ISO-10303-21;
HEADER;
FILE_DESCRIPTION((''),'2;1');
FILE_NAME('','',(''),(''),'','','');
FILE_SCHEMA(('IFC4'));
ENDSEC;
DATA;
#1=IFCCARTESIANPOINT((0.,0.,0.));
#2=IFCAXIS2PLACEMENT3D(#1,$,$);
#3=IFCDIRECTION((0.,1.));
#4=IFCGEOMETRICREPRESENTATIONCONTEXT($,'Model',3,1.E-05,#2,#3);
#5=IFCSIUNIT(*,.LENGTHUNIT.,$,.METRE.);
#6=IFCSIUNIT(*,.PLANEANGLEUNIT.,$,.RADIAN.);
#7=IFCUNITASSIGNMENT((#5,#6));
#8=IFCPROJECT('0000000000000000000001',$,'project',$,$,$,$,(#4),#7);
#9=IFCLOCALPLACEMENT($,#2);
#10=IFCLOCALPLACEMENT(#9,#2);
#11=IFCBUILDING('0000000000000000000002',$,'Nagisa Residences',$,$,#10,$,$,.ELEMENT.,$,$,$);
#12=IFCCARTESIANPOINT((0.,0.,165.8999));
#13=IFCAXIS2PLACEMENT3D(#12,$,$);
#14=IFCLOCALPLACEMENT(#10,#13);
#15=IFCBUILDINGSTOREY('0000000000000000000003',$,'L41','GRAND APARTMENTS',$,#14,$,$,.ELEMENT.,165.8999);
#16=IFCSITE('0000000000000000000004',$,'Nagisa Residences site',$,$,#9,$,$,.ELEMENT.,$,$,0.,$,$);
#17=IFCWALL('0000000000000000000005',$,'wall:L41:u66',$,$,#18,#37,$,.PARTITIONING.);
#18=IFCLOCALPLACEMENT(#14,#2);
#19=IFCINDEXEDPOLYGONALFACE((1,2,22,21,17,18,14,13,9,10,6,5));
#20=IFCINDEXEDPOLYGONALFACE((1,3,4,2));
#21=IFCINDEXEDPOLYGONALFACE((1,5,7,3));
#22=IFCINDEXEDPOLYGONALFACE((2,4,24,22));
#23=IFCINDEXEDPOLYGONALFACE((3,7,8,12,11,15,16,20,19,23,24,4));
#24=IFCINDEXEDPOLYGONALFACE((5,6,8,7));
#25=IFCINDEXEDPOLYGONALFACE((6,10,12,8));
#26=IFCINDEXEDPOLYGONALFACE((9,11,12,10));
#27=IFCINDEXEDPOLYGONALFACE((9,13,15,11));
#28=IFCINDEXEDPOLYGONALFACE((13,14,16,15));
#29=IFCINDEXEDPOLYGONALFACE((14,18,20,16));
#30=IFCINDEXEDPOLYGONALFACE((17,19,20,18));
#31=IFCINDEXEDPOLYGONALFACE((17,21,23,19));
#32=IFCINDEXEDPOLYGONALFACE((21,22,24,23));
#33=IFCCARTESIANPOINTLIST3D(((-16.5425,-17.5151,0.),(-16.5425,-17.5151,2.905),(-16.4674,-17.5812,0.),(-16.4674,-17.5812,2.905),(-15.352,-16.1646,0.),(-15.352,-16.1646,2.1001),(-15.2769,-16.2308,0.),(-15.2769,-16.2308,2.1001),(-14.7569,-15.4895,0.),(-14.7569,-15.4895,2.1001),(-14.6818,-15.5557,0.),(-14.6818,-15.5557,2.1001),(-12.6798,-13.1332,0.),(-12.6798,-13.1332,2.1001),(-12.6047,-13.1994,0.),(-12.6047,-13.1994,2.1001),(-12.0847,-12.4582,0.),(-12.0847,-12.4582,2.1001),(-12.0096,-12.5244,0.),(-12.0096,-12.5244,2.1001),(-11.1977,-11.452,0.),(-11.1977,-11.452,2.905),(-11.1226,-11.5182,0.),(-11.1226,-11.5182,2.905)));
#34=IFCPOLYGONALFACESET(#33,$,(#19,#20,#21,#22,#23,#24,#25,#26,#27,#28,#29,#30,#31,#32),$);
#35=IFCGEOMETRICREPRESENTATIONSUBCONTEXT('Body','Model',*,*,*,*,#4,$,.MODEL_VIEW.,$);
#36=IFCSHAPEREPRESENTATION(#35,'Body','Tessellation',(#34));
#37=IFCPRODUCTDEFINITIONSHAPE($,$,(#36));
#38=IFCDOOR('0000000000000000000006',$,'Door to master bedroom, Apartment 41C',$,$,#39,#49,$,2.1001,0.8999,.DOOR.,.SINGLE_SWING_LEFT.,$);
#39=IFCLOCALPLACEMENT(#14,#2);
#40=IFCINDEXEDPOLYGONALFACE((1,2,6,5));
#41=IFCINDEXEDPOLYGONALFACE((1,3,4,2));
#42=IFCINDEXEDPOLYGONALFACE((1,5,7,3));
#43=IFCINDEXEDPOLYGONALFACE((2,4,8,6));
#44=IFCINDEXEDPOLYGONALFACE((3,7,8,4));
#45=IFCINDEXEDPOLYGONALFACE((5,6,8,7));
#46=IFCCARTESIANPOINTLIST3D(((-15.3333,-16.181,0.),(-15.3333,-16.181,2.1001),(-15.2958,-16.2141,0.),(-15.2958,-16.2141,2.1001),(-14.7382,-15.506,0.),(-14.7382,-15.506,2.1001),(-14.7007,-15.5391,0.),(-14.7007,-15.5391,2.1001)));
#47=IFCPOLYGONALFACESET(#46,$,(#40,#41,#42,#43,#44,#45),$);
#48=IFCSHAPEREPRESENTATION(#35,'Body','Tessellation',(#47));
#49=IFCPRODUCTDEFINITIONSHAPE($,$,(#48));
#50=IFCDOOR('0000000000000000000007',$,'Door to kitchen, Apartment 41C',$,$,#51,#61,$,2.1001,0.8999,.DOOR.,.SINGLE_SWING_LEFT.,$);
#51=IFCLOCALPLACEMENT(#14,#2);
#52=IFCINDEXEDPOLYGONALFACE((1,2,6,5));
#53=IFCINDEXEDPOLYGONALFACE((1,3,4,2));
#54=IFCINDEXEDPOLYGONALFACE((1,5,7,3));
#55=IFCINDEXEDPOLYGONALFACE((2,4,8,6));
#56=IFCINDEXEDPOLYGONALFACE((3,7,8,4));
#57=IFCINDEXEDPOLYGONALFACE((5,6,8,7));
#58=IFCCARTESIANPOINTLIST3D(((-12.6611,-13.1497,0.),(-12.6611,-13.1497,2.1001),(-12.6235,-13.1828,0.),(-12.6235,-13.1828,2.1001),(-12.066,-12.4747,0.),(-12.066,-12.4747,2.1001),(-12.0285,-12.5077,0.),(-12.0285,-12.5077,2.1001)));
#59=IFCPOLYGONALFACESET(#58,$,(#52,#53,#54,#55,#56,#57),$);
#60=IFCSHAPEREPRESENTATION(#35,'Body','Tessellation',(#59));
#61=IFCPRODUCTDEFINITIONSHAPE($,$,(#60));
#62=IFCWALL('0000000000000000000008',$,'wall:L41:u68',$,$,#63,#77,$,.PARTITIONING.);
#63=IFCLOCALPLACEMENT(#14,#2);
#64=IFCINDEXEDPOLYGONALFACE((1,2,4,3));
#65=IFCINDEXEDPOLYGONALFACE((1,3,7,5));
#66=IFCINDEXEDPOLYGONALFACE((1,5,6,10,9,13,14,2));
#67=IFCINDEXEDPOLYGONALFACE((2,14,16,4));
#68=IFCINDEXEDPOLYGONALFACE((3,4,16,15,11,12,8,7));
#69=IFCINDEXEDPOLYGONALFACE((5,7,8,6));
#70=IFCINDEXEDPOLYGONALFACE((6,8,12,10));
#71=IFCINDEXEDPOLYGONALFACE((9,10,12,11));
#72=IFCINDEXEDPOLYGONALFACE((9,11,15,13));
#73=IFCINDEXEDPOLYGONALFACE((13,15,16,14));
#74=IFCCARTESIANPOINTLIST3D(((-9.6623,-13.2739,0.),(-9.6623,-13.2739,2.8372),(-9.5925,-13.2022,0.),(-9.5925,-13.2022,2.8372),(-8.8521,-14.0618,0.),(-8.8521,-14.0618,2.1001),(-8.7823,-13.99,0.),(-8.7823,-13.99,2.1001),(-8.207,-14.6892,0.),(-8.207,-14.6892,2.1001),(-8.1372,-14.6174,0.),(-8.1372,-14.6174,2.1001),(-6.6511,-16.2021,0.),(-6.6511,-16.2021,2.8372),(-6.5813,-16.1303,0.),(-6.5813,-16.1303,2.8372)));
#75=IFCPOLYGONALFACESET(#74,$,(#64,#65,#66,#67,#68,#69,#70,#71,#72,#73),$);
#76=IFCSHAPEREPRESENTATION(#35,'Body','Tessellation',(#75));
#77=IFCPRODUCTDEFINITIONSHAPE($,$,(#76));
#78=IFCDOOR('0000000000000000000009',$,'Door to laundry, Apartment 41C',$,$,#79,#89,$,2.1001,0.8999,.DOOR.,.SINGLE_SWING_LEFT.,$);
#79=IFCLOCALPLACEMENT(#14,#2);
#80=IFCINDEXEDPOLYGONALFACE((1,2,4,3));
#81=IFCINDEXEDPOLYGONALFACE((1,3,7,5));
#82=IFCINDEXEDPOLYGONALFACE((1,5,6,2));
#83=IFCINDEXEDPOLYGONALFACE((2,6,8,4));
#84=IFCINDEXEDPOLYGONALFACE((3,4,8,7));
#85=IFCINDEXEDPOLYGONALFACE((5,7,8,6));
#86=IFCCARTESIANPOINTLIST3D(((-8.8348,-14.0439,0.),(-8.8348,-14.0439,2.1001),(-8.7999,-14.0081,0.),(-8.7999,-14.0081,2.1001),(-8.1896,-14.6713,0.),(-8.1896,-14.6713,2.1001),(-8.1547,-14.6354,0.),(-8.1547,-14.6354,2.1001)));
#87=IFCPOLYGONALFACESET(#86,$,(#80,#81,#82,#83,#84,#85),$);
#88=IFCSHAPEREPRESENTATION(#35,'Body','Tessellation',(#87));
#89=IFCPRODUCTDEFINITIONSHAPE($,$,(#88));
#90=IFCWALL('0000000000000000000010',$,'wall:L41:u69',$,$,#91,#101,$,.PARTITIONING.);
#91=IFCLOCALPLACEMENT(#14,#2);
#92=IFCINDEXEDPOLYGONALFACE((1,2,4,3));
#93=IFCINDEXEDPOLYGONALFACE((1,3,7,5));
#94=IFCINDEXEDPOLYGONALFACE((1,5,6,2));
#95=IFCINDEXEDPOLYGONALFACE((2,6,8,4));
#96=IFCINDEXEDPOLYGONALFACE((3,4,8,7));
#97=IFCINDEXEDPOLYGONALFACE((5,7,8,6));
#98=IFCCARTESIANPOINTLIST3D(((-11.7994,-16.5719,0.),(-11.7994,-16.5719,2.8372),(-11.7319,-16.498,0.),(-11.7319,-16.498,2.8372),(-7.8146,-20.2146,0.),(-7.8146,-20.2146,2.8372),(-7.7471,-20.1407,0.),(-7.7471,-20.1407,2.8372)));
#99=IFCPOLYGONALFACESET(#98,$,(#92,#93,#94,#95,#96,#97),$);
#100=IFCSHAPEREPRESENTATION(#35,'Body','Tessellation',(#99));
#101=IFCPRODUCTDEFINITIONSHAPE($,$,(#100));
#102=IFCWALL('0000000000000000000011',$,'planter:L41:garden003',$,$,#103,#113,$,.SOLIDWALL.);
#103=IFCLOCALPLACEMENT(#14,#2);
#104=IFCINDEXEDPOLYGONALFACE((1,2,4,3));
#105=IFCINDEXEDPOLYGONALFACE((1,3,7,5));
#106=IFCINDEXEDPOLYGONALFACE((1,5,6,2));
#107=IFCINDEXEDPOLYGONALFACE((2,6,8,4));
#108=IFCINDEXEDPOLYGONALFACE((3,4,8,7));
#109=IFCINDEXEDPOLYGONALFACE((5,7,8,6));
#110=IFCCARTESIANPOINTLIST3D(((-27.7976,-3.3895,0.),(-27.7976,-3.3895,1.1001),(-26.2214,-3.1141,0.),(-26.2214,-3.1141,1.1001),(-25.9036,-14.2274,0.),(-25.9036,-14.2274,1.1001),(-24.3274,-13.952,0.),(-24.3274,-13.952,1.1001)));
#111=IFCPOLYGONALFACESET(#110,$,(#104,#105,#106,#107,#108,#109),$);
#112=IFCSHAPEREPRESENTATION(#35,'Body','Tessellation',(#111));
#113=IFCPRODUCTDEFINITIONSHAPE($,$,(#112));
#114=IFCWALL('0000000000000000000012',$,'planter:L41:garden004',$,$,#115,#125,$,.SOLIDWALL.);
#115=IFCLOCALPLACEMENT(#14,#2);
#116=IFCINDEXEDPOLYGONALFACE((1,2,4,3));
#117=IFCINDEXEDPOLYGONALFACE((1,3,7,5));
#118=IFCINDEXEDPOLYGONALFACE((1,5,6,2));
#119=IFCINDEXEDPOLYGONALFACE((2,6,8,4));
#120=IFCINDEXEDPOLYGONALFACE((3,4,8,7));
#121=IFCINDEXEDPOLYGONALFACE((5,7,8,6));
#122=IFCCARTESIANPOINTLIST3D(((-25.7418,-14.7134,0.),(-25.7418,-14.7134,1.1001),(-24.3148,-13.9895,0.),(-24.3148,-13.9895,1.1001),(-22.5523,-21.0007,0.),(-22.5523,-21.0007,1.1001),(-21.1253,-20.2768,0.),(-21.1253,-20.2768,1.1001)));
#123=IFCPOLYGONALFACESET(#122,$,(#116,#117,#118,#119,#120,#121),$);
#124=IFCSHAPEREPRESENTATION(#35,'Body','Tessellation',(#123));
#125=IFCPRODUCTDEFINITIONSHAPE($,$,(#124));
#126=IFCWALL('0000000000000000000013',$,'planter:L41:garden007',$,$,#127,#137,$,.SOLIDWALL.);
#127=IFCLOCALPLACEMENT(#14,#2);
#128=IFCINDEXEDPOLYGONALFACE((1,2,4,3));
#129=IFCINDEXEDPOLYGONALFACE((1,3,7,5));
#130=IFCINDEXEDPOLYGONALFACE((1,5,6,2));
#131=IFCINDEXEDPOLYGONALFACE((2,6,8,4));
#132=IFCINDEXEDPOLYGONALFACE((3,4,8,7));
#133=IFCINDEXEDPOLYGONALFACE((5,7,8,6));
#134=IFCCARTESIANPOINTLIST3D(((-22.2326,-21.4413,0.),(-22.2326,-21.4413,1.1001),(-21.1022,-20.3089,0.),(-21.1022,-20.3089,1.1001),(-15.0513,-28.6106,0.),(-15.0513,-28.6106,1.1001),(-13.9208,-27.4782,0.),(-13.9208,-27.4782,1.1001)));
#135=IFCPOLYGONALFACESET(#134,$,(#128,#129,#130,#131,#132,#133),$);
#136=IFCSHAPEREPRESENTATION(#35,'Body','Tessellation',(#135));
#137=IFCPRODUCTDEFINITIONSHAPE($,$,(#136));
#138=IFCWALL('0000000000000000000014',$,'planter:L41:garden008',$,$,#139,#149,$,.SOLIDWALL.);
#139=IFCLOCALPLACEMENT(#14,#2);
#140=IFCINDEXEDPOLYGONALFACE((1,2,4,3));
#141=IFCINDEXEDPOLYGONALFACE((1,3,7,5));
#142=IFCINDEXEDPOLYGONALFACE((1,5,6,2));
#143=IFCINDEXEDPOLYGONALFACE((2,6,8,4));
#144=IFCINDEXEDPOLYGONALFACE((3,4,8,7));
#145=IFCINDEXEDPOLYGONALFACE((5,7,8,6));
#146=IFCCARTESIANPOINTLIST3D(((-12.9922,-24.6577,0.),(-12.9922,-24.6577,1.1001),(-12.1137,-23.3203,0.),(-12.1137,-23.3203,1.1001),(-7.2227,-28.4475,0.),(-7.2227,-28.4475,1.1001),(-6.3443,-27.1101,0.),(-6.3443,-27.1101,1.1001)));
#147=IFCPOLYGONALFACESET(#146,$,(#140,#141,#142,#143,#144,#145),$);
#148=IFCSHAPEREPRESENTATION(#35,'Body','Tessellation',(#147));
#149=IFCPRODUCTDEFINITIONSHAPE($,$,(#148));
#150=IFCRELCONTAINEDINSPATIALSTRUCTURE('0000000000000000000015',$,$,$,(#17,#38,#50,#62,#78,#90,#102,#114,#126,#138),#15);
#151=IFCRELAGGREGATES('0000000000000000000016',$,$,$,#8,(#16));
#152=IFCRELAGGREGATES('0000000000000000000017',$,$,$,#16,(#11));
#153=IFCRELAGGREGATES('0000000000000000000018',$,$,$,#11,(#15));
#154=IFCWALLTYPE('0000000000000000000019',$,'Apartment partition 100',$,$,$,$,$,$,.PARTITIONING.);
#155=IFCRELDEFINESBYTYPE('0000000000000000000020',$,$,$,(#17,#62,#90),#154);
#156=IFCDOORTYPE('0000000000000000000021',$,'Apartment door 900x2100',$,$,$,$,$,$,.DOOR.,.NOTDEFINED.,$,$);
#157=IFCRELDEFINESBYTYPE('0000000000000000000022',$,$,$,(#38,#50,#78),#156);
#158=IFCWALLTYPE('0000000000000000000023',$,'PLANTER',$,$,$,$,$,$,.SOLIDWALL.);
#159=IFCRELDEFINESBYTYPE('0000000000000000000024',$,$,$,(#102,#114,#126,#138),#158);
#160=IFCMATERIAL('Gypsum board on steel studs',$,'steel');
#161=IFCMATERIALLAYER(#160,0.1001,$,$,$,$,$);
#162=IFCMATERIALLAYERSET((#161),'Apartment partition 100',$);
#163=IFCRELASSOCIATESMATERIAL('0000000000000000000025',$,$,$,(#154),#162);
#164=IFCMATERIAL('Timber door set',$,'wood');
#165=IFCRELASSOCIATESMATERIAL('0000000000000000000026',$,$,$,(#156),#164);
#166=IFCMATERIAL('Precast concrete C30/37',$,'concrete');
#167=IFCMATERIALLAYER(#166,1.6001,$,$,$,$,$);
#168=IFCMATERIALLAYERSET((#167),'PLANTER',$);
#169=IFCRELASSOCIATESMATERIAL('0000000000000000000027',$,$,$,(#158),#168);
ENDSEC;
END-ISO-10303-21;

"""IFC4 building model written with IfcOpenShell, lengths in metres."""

from ifc_helpers import new_model, si_unit, direction, frame, frame_2d, origin, place, context, subcontext, project, spatial, rectangle, extrude, material, layer, layer_set, type_object, element, fill, save


model = new_model("IFC4")

# Units and contexts
model_context = context("Model", 3, precision=1e-05, world=origin(), true_north=direction((0.0, 1.0)))
body_context = subcontext(model_context, "Body", "Model", "MODEL_VIEW")
ifc_project = project(units=[si_unit("LENGTHUNIT", "METRE"), si_unit("PLANEANGLEUNIT", "RADIAN")], contexts=[model_context])

# Site, building, storey
site_placement = place(None, origin())
site = spatial("IfcSite", under=ifc_project, at=site_placement, Name="Nagisa Residences site", CompositionType="ELEMENT", RefElevation=0.0)
building_placement = place(site_placement, origin())
building = spatial("IfcBuilding", under=site, at=building_placement, Name="Nagisa Residences", CompositionType="ELEMENT")
storey_placement = place(building_placement, frame((0.0, 0.0, 165.8999)))
storey = spatial("IfcBuildingStorey", under=building, at=storey_placement, Name="L41", Description="GRAND APARTMENTS", CompositionType="ELEMENT", Elevation=165.8999)

# Shared definitions
ifc_material_1 = material(Name="Gypsum board on steel studs", Category="steel")
ifc_layer_1 = layer(ifc_material_1, 0.1001)
ifc_layer_set_1 = layer_set([ifc_layer_1], Name="Apartment partition 100")
wall_type_1 = type_object("IfcWallType", Name="Apartment partition 100", PredefinedType="PARTITIONING", material=ifc_layer_set_1)

# Wall, openings, doors
wall_1_placement = place(storey_placement, frame((-11.1602, -11.4851, 0.0), z_axis=(0.0, 0.0, 1.0), x_axis=(-0.661276, -0.750143, 0.0)))
wall_1 = element("IfcWall", 1, at=wall_1_placement, inside=storey, type_object=wall_type_1, Name="wall:L41:u66", PredefinedType="PARTITIONING", context=body_context, shape_type="SweptSolid", body=[
    extrude(rectangle(XDim=8.0825, YDim=0.1001, at=frame_2d((4.0413, 0.0))), origin(), (0.0, 0.0, 1.0), 2.905),
])
opening_1_placement = place(wall_1_placement, frame((5.3823, 0.0, 0.0)))
opening_1 = element("IfcOpeningElement", 2, at=opening_1_placement, cuts=wall_1, PredefinedType="OPENING", context=body_context, shape_type="SweptSolid", body=[
    extrude(rectangle(XDim=0.8999, YDim=2.1001, at=frame_2d((0.45, 1.05))), frame((0.0, 0.0601, 0.0), z_axis=(0.0, -1.0, 0.0), x_axis=(1.0, 0.0, 0.0)), (0.0, 0.0, 1.0), 0.1201),
])
opening_2_placement = place(wall_1_placement, frame((1.3413, 0.0, 0.0)))
opening_2 = element("IfcOpeningElement", 3, at=opening_2_placement, cuts=wall_1, PredefinedType="OPENING", context=body_context, shape_type="SweptSolid", body=[
    extrude(rectangle(XDim=0.8999, YDim=2.1001, at=frame_2d((0.45, 1.05))), frame((0.0, 0.0601, 0.0), z_axis=(0.0, -1.0, 0.0), x_axis=(1.0, 0.0, 0.0)), (0.0, 0.0, 1.0), 0.1201),
])
ifc_material_2 = material(Name="Timber door set", Category="wood")
door_type_1 = type_object("IfcDoorType", Name="Apartment door 900x2100", OperationType="NOTDEFINED", PredefinedType="DOOR", material=ifc_material_2)
door_1_placement = place(opening_1_placement, origin())
door_1 = element("IfcDoor", 4, at=door_1_placement, inside=storey, type_object=door_type_1, Name="Door to master bedroom, Apartment 41C", OperationType="SINGLE_SWING_LEFT", OverallHeight=2.1001, OverallWidth=0.8999, PredefinedType="DOOR", context=body_context, shape_type="SweptSolid", body=[
    extrude(rectangle(XDim=0.8999, YDim=2.1001, at=frame_2d((0.45, 1.05))), frame((0.0, 0.0249, 0.0), z_axis=(0.0, -1.0, 0.0), x_axis=(1.0, 0.0, 0.0)), (0.0, 0.0, 1.0), 0.05),
])
fill(opening_1, door_1)
door_2_placement = place(opening_2_placement, origin())
door_2 = element("IfcDoor", 5, at=door_2_placement, inside=storey, type_object=door_type_1, Name="Door to kitchen, Apartment 41C", OperationType="SINGLE_SWING_LEFT", OverallHeight=2.1001, OverallWidth=0.8999, PredefinedType="DOOR", context=body_context, shape_type="SweptSolid", body=[
    extrude(rectangle(XDim=0.8999, YDim=2.1001, at=frame_2d((0.45, 1.05))), frame((0.0, 0.0249, 0.0), z_axis=(0.0, -1.0, 0.0), x_axis=(1.0, 0.0, 0.0)), (0.0, 0.0, 1.0), 0.05),
])
fill(opening_2, door_2)

# Wall, opening, door
wall_2_placement = place(storey_placement, frame((-9.6274, -13.238, 0.0), z_axis=(0.0, 0.0, 1.0), x_axis=(0.716919, -0.697156, 0.0)))
wall_2 = element("IfcWall", 6, at=wall_2_placement, inside=storey, type_object=wall_type_1, Name="wall:L41:u68", PredefinedType="PARTITIONING", context=body_context, shape_type="SweptSolid", body=[
    extrude(rectangle(XDim=4.2002, YDim=0.1001, at=frame_2d((2.1001, 0.0))), origin(), (0.0, 0.0, 1.0), 2.8372),
])
opening_3_placement = place(wall_2_placement, frame((1.1301, 0.0, 0.0)))
opening_3 = element("IfcOpeningElement", 7, at=opening_3_placement, cuts=wall_2, PredefinedType="OPENING", context=body_context, shape_type="SweptSolid", body=[
    extrude(rectangle(XDim=0.8999, YDim=2.1001, at=frame_2d((0.45, 1.05))), frame((0.0, 0.0601, 0.0), z_axis=(0.0, -1.0, 0.0), x_axis=(1.0, 0.0, 0.0)), (0.0, 0.0, 1.0), 0.1201),
])
door_3_placement = place(opening_3_placement, origin())
door_3 = element("IfcDoor", 8, at=door_3_placement, inside=storey, type_object=door_type_1, Name="Door to laundry, Apartment 41C", OperationType="SINGLE_SWING_LEFT", OverallHeight=2.1001, OverallWidth=0.8999, PredefinedType="DOOR", context=body_context, shape_type="SweptSolid", body=[
    extrude(rectangle(XDim=0.8999, YDim=2.1001, at=frame_2d((0.45, 1.05))), frame((0.0, 0.0249, 0.0), z_axis=(0.0, -1.0, 0.0), x_axis=(1.0, 0.0, 0.0)), (0.0, 0.0, 1.0), 0.05),
])
fill(opening_3, door_3)

# Wall
wall_3_placement = place(storey_placement, frame((-11.7656, -16.5349, 0.0), z_axis=(0.0, 0.0, 1.0), x_axis=(0.738073, -0.674721, 0.0)))
element("IfcWall", 9, at=wall_3_placement, inside=storey, type_object=wall_type_1, Name="wall:L41:u69", PredefinedType="PARTITIONING", context=body_context, shape_type="SweptSolid", body=[
    extrude(rectangle(XDim=5.3989, YDim=0.1001, at=frame_2d((2.6995, 0.0))), origin(), (0.0, 0.0, 1.0), 2.8372),
])

# Walls
ifc_material_3 = material(Name="Precast concrete C30/37", Category="concrete")
ifc_layer_2 = layer(ifc_material_3, 1.6001)
ifc_layer_set_2 = layer_set([ifc_layer_2], Name="PLANTER")
wall_type_2 = type_object("IfcWallType", Name="PLANTER", PredefinedType="SOLIDWALL", material=ifc_layer_set_2)
wall_4_placement = place(storey_placement, frame((-25.1155, -14.0896, 0.0), z_axis=(0.0, 0.0, 1.0), x_axis=(-0.172152, 0.98507, 0.0)))
element("IfcWall", 10, at=wall_4_placement, inside=storey, type_object=wall_type_2, Name="planter:L41:garden003", PredefinedType="SOLIDWALL", context=body_context, shape_type="SweptSolid", body=[
    extrude(rectangle(XDim=11.0022, YDim=1.6001, at=frame_2d((5.501, 0.0))), origin(), (0.0, 0.0, 1.0), 1.1001),
])
wall_5_placement = place(storey_placement, frame((-21.8389, -20.6387, 0.0), z_axis=(0.0, 0.0, 1.0), x_axis=(-0.4524, 0.891815, 0.0)))
element("IfcWall", 11, at=wall_5_placement, inside=storey, type_object=wall_type_2, Name="planter:L41:garden004", PredefinedType="SOLIDWALL", context=body_context, shape_type="SweptSolid", body=[
    extrude(rectangle(XDim=7.05, YDim=1.6001, at=frame_2d((3.5249, 0.0))), origin(), (0.0, 0.0, 1.0), 1.1001),
])
wall_6_placement = place(storey_placement, frame((-14.4861, -28.0444, 0.0), z_axis=(0.0, 0.0, 1.0), x_axis=(-0.707696, 0.706517, 0.0)))
element("IfcWall", 12, at=wall_6_placement, inside=storey, type_object=wall_type_2, Name="planter:L41:garden007", PredefinedType="SOLIDWALL", context=body_context, shape_type="SweptSolid", body=[
    extrude(rectangle(XDim=10.1475, YDim=1.6001, at=frame_2d((5.0737, 0.0))), origin(), (0.0, 0.0, 1.0), 1.1001),
])
wall_7_placement = place(storey_placement, frame((-12.553, -23.989, 0.0), z_axis=(0.0, 0.0, 1.0), x_axis=(0.835813, -0.549015, 0.0)))
element("IfcWall", 13, at=wall_7_placement, inside=storey, type_object=wall_type_2, Name="planter:L41:garden008", PredefinedType="SOLIDWALL", context=body_context, shape_type="SweptSolid", body=[
    extrude(rectangle(XDim=6.9028, YDim=1.6001, at=frame_2d((3.4514, 0.0))), origin(), (0.0, 0.0, 1.0), 1.1001),
])

save(model, "model.ifc")
